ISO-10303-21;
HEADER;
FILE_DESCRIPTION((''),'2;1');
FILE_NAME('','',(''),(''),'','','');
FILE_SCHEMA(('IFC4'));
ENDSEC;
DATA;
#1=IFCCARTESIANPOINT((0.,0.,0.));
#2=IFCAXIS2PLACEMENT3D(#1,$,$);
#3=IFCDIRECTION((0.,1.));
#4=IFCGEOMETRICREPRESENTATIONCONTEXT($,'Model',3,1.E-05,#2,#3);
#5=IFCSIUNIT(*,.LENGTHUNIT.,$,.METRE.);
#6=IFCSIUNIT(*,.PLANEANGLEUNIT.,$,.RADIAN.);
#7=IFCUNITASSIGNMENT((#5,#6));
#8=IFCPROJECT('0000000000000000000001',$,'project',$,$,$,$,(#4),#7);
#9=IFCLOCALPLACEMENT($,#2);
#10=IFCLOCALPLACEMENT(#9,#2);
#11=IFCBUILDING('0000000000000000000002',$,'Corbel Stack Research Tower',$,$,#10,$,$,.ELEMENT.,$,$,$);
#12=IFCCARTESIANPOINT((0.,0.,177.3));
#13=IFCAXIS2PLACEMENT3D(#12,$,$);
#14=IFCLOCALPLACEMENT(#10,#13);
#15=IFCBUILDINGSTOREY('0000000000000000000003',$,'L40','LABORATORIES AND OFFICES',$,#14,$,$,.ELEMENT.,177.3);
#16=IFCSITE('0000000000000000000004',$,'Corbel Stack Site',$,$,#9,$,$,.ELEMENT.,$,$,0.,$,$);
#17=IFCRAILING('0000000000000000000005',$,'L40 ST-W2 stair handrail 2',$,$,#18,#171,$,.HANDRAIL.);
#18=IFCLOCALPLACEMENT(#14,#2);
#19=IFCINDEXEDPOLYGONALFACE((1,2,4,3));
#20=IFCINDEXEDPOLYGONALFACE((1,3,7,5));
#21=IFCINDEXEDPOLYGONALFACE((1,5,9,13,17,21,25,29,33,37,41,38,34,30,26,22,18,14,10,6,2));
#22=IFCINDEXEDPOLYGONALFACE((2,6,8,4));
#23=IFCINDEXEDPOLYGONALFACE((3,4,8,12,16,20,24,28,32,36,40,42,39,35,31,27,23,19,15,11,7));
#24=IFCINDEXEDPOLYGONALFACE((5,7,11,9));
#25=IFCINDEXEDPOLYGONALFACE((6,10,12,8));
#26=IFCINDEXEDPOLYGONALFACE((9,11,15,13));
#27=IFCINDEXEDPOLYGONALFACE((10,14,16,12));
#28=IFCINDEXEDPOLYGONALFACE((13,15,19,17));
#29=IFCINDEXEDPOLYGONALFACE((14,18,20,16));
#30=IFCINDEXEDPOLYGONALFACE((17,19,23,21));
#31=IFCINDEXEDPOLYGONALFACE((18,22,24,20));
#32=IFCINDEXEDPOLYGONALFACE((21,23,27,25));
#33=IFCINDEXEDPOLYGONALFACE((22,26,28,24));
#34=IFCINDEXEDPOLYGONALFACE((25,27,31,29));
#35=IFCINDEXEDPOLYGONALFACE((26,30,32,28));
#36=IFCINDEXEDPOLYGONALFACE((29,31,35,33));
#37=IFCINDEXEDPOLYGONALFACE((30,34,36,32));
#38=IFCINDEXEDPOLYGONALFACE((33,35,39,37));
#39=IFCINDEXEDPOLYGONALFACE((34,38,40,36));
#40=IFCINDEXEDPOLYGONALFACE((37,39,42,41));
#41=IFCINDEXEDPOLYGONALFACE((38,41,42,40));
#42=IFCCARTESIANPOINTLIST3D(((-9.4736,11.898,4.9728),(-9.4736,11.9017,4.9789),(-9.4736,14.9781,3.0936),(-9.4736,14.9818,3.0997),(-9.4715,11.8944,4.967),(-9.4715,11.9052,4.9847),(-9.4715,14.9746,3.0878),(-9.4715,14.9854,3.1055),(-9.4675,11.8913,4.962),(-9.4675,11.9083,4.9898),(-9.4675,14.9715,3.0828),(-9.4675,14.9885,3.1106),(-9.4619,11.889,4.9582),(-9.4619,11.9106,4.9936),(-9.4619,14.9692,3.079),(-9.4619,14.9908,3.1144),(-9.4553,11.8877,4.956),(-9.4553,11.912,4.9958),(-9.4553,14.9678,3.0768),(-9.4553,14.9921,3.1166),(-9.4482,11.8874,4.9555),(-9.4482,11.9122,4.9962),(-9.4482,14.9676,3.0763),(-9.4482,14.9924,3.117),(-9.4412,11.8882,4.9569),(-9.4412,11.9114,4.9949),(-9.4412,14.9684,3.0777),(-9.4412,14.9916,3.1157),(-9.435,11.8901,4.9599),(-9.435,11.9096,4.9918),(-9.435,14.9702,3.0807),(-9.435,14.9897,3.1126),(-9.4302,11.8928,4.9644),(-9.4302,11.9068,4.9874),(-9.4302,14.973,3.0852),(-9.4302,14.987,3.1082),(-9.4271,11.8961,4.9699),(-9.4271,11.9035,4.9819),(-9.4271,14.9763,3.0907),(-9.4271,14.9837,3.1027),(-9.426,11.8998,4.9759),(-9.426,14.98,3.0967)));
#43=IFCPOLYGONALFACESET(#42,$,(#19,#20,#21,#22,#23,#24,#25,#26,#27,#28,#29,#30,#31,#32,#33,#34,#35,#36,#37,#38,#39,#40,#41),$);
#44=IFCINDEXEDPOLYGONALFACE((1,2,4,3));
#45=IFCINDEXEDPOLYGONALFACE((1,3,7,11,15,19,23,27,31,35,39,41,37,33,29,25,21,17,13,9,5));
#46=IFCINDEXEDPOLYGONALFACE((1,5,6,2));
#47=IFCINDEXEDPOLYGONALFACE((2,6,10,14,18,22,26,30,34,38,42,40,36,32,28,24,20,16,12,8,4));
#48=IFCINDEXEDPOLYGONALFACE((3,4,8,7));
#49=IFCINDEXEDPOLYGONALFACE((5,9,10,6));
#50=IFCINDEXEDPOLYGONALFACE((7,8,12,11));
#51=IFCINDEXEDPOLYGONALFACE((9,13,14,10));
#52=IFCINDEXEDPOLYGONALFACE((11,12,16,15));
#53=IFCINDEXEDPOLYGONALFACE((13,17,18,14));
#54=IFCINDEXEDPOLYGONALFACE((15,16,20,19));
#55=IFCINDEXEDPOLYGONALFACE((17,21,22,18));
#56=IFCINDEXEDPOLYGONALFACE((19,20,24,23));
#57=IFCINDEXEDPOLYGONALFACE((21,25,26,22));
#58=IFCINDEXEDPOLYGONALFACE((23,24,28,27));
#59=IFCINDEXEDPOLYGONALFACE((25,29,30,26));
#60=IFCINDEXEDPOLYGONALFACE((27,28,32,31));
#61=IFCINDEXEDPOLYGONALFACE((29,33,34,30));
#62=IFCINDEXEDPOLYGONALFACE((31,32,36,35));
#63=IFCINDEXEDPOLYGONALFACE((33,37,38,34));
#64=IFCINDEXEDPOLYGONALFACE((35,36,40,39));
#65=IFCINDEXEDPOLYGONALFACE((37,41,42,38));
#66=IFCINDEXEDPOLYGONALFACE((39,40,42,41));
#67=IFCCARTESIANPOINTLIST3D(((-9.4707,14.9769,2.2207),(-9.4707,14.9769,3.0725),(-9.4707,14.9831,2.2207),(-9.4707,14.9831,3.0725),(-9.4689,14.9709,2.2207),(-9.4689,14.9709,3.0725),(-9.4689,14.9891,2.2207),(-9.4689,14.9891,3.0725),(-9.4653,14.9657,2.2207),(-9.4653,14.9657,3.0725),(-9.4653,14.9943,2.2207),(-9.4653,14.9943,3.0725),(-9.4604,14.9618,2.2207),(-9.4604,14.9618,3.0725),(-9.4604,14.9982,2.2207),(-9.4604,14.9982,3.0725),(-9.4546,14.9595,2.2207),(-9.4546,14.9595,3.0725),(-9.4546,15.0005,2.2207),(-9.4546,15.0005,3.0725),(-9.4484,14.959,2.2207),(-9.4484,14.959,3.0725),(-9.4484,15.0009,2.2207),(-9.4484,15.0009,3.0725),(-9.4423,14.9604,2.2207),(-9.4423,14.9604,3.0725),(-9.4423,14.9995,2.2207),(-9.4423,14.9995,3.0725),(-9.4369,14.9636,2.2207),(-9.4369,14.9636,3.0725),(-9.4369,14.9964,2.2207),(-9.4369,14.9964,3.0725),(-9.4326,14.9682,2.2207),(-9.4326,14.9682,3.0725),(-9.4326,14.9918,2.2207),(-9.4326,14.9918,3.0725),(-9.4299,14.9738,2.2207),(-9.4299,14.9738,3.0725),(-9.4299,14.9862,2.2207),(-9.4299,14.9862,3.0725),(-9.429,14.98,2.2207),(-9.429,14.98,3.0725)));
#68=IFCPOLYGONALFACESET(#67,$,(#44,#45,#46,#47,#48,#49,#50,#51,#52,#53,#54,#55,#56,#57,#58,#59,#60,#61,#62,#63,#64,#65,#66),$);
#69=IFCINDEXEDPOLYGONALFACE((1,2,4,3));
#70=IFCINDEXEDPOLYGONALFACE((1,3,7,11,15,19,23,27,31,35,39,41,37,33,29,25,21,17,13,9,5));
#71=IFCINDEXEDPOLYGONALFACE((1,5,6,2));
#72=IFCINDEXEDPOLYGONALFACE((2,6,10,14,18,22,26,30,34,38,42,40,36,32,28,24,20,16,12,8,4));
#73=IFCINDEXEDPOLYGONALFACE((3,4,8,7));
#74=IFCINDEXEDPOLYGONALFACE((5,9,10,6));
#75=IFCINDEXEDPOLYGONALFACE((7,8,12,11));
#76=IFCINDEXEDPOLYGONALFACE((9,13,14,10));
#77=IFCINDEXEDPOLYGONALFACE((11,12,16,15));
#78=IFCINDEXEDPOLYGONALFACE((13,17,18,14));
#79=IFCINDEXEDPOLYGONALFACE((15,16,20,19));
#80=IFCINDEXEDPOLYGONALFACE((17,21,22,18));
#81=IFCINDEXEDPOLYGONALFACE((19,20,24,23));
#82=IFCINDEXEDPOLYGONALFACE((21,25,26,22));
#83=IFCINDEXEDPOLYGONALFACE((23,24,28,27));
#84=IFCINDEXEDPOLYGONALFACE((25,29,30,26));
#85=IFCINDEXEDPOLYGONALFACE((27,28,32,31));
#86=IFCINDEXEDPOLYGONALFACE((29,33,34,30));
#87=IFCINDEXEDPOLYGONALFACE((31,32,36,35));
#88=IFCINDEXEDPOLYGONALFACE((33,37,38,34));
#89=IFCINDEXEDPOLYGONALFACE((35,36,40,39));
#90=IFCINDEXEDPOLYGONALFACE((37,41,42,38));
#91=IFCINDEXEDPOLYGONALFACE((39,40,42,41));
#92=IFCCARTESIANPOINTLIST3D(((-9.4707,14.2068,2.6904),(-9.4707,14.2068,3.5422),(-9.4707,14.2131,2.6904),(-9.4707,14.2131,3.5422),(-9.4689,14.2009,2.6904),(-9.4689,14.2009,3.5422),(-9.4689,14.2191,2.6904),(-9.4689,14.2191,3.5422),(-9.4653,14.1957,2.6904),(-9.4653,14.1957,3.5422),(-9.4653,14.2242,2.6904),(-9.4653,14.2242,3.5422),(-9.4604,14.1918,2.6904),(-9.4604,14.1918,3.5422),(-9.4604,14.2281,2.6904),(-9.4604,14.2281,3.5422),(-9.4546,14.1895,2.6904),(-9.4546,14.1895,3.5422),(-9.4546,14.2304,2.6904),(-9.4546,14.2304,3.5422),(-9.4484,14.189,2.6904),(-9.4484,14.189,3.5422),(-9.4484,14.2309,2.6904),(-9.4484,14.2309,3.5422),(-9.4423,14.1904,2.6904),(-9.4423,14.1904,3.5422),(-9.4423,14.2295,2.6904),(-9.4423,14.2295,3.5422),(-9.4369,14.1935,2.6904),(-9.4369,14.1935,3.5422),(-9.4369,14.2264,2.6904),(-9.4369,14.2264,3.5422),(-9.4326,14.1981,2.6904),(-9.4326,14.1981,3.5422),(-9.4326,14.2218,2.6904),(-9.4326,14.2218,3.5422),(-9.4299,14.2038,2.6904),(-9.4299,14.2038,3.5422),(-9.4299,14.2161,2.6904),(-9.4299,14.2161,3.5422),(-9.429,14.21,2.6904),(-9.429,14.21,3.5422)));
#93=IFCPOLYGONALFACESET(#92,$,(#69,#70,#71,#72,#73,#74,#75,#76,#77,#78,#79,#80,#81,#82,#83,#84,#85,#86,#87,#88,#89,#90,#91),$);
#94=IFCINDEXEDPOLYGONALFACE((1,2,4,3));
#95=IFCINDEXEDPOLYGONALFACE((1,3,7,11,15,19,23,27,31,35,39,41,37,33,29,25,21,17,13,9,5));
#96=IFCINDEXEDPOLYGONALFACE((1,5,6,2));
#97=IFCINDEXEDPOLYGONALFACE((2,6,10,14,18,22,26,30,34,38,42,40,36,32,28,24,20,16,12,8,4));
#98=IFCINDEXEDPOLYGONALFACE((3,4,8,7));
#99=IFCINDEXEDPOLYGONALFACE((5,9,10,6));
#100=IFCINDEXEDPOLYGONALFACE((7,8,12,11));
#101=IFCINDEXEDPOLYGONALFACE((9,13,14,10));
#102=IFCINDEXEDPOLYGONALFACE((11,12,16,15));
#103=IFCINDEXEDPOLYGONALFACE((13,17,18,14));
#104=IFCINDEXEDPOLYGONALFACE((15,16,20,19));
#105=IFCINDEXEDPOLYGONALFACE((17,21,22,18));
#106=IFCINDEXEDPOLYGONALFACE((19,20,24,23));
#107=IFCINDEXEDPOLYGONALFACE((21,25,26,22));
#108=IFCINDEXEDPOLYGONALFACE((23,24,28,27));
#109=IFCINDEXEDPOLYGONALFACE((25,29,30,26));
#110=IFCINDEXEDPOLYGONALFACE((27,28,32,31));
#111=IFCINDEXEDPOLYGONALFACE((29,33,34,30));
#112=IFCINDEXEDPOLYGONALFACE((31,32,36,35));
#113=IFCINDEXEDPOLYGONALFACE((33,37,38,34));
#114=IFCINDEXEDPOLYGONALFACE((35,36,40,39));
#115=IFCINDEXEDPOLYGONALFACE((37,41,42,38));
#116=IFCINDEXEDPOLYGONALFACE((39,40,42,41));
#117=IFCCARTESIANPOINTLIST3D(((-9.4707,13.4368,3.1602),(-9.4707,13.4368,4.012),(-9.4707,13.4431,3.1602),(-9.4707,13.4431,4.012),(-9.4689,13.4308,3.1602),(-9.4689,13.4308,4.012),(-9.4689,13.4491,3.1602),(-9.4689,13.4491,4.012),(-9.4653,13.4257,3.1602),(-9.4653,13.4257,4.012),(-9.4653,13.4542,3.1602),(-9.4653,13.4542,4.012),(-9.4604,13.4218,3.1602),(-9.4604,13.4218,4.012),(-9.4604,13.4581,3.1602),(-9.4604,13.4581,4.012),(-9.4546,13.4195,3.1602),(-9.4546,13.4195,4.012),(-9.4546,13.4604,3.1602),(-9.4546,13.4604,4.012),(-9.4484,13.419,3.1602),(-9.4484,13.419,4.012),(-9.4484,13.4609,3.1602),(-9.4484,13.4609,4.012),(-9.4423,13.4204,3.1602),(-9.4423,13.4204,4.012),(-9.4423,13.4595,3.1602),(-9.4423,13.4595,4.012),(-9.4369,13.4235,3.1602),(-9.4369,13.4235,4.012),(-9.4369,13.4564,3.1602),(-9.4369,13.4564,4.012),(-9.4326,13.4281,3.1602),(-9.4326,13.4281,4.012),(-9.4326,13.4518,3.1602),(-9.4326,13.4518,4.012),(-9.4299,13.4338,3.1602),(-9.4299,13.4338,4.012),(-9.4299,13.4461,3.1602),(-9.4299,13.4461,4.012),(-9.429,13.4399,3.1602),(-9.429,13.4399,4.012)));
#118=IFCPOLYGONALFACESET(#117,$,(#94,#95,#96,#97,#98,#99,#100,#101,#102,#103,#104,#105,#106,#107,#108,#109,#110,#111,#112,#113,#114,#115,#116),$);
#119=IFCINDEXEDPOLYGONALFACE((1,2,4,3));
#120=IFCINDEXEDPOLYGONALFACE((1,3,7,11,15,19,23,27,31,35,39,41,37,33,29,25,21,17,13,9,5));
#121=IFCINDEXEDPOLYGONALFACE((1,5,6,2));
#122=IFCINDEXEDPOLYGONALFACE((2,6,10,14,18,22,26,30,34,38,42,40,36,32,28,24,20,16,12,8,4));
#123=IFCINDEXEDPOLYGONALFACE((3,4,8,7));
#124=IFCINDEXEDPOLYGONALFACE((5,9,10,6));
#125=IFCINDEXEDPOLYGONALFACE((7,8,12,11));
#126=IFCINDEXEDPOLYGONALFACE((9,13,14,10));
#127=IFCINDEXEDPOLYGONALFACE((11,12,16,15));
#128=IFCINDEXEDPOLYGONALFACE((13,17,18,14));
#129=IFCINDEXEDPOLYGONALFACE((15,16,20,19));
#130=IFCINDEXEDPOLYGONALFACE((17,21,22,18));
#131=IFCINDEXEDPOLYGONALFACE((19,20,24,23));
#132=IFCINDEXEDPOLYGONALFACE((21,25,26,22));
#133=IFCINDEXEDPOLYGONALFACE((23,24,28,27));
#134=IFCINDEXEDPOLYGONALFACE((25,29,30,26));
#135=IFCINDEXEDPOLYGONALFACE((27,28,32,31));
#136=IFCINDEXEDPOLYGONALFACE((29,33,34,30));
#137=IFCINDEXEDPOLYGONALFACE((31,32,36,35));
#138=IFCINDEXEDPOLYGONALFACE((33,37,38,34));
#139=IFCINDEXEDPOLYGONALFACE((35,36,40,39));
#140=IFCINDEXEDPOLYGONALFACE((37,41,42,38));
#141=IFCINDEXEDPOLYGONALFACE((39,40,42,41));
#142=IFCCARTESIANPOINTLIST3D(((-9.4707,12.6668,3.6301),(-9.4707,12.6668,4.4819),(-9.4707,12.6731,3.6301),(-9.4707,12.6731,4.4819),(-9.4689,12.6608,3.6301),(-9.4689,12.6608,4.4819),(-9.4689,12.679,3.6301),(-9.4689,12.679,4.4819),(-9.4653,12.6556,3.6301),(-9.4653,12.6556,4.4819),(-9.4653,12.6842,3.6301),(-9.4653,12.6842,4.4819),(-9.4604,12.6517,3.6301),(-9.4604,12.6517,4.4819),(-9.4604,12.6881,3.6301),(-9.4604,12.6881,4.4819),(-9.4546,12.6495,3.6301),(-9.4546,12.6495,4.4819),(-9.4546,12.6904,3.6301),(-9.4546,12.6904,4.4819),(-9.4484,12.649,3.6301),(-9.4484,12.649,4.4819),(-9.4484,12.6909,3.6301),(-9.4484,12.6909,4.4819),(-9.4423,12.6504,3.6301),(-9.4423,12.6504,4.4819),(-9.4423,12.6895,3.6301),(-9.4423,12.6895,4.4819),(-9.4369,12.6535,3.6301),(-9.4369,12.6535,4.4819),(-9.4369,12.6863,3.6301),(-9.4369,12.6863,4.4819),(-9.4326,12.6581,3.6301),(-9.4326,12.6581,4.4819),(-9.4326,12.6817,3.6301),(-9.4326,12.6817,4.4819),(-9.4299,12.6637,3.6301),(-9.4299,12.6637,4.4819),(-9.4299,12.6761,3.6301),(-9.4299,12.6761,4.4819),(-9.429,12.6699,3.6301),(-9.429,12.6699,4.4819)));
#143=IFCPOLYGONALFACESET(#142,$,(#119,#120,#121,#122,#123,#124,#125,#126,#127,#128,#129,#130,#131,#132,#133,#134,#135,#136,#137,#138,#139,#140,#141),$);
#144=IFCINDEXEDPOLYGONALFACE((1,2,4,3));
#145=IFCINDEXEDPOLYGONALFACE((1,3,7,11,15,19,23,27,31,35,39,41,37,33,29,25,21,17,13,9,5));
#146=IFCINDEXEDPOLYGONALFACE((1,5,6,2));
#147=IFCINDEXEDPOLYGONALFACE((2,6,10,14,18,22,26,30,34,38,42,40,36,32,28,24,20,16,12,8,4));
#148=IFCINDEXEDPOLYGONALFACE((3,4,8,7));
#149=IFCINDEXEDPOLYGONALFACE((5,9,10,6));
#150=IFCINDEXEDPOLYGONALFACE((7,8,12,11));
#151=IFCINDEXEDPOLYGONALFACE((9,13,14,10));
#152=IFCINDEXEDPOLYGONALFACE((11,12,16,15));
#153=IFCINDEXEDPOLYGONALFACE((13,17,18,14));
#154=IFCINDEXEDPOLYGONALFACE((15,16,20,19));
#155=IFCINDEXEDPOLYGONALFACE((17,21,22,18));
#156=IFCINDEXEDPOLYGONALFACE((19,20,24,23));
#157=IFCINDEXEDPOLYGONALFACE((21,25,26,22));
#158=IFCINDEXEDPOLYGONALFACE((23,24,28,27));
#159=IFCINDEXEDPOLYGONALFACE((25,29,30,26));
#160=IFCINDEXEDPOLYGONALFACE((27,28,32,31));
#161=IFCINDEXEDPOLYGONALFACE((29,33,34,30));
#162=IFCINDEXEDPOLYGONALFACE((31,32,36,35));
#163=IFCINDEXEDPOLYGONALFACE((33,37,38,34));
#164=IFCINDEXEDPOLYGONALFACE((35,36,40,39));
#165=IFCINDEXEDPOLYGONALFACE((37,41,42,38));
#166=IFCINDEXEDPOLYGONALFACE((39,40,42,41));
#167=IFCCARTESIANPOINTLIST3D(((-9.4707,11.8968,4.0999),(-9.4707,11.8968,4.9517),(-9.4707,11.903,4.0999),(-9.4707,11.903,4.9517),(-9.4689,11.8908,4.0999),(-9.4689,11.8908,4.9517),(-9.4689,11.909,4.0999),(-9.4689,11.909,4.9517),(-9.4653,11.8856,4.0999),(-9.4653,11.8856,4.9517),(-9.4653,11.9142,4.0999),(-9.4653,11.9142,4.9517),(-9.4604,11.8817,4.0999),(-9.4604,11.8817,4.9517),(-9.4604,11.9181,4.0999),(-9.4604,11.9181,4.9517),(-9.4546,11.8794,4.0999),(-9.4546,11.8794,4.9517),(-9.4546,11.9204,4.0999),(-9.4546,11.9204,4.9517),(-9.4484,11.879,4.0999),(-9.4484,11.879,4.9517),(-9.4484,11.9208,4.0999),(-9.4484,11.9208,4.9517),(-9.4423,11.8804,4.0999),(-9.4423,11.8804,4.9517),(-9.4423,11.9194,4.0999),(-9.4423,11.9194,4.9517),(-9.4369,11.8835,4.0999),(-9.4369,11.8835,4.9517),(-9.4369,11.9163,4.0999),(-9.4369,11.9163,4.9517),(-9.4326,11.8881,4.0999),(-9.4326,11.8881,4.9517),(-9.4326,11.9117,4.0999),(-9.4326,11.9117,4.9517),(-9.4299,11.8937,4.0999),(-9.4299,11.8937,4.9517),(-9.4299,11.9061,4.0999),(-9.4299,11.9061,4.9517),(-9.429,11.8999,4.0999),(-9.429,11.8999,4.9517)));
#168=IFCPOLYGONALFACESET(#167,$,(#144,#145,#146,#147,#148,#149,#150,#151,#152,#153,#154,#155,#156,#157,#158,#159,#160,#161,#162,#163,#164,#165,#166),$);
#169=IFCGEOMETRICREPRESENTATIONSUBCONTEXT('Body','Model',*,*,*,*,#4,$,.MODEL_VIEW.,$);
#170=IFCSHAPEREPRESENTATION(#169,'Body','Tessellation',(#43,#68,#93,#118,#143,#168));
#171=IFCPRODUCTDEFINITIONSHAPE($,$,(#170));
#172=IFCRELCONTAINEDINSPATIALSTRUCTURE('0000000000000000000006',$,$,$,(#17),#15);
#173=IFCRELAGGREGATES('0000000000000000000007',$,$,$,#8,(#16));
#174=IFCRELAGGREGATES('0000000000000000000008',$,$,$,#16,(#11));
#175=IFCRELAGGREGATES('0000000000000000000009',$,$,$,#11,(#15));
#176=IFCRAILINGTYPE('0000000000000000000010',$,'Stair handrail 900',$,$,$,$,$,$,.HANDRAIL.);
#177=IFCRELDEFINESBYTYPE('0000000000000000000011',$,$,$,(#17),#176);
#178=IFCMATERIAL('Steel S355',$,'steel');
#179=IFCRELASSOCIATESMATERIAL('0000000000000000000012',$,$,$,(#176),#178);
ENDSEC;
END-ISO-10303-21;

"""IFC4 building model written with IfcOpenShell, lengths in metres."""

from ifc_helpers import new_model, si_unit, direction, frame, origin, origin_2d, place, context, subcontext, project, spatial, circle, extrude, material, type_object, element, save


model = new_model("IFC4")

# Units and contexts
model_context = context("Model", 3, precision=1e-05, world=origin(), true_north=direction((0.0, 1.0)))
body_context = subcontext(model_context, "Body", "Model", "MODEL_VIEW")
ifc_project = project(units=[si_unit("LENGTHUNIT", "METRE"), si_unit("PLANEANGLEUNIT", "RADIAN")], contexts=[model_context])

# Site, building, storey
site_placement = place(None, origin())
site = spatial("IfcSite", under=ifc_project, at=site_placement, Name="Corbel Stack Site", CompositionType="ELEMENT", RefElevation=0.0)
building_placement = place(site_placement, origin())
building = spatial("IfcBuilding", under=site, at=building_placement, Name="Corbel Stack Research Tower", CompositionType="ELEMENT")
storey_placement = place(building_placement, frame((0.0, 0.0, 177.3)))
storey = spatial("IfcBuildingStorey", under=building, at=storey_placement, Name="L40", Description="LABORATORIES AND OFFICES", CompositionType="ELEMENT", Elevation=177.3)

# Railing
ifc_material_1 = material(Name="Steel S355", Category="steel")
railing_type_1 = type_object("IfcRailingType", Name="Stair handrail 900", PredefinedType="HANDRAIL", material=ifc_material_1)
railing_1_placement = place(storey_placement, frame((-9.45, 14.98, 2.2207)))
element("IfcRailing", 1, at=railing_1_placement, inside=storey, type_object=railing_type_1, Name="L40 ST-W2 stair handrail 2", PredefinedType="HANDRAIL", context=body_context, shape_type="SweptSolid", body=[
    extrude(circle(Radius=0.0239, at=origin_2d()), frame((0.0, 0.0, 0.876), z_axis=(0.0, -0.853666, 0.52082), x_axis=(1.0, 0.0, 0.0)), (0.0, 0.0, 1.0), 3.6082),
    extrude(circle(Radius=0.021, at=origin_2d()), origin(), (0.0, 0.0, 1.0), 0.8518),
    extrude(circle(Radius=0.021, at=origin_2d()), frame((0.0, -0.77, 0.4697)), (0.0, 0.0, 1.0), 0.8518),
    extrude(circle(Radius=0.021, at=origin_2d()), frame((0.0, -1.54, 0.9395)), (0.0, 0.0, 1.0), 0.8518),
    extrude(circle(Radius=0.021, at=origin_2d()), frame((0.0, -2.3101, 1.4094)), (0.0, 0.0, 1.0), 0.8518),
    extrude(circle(Radius=0.021, at=origin_2d()), frame((0.0, -3.0801, 1.8792)), (0.0, 0.0, 1.0), 0.8518),
])

save(model, "model.ifc")
